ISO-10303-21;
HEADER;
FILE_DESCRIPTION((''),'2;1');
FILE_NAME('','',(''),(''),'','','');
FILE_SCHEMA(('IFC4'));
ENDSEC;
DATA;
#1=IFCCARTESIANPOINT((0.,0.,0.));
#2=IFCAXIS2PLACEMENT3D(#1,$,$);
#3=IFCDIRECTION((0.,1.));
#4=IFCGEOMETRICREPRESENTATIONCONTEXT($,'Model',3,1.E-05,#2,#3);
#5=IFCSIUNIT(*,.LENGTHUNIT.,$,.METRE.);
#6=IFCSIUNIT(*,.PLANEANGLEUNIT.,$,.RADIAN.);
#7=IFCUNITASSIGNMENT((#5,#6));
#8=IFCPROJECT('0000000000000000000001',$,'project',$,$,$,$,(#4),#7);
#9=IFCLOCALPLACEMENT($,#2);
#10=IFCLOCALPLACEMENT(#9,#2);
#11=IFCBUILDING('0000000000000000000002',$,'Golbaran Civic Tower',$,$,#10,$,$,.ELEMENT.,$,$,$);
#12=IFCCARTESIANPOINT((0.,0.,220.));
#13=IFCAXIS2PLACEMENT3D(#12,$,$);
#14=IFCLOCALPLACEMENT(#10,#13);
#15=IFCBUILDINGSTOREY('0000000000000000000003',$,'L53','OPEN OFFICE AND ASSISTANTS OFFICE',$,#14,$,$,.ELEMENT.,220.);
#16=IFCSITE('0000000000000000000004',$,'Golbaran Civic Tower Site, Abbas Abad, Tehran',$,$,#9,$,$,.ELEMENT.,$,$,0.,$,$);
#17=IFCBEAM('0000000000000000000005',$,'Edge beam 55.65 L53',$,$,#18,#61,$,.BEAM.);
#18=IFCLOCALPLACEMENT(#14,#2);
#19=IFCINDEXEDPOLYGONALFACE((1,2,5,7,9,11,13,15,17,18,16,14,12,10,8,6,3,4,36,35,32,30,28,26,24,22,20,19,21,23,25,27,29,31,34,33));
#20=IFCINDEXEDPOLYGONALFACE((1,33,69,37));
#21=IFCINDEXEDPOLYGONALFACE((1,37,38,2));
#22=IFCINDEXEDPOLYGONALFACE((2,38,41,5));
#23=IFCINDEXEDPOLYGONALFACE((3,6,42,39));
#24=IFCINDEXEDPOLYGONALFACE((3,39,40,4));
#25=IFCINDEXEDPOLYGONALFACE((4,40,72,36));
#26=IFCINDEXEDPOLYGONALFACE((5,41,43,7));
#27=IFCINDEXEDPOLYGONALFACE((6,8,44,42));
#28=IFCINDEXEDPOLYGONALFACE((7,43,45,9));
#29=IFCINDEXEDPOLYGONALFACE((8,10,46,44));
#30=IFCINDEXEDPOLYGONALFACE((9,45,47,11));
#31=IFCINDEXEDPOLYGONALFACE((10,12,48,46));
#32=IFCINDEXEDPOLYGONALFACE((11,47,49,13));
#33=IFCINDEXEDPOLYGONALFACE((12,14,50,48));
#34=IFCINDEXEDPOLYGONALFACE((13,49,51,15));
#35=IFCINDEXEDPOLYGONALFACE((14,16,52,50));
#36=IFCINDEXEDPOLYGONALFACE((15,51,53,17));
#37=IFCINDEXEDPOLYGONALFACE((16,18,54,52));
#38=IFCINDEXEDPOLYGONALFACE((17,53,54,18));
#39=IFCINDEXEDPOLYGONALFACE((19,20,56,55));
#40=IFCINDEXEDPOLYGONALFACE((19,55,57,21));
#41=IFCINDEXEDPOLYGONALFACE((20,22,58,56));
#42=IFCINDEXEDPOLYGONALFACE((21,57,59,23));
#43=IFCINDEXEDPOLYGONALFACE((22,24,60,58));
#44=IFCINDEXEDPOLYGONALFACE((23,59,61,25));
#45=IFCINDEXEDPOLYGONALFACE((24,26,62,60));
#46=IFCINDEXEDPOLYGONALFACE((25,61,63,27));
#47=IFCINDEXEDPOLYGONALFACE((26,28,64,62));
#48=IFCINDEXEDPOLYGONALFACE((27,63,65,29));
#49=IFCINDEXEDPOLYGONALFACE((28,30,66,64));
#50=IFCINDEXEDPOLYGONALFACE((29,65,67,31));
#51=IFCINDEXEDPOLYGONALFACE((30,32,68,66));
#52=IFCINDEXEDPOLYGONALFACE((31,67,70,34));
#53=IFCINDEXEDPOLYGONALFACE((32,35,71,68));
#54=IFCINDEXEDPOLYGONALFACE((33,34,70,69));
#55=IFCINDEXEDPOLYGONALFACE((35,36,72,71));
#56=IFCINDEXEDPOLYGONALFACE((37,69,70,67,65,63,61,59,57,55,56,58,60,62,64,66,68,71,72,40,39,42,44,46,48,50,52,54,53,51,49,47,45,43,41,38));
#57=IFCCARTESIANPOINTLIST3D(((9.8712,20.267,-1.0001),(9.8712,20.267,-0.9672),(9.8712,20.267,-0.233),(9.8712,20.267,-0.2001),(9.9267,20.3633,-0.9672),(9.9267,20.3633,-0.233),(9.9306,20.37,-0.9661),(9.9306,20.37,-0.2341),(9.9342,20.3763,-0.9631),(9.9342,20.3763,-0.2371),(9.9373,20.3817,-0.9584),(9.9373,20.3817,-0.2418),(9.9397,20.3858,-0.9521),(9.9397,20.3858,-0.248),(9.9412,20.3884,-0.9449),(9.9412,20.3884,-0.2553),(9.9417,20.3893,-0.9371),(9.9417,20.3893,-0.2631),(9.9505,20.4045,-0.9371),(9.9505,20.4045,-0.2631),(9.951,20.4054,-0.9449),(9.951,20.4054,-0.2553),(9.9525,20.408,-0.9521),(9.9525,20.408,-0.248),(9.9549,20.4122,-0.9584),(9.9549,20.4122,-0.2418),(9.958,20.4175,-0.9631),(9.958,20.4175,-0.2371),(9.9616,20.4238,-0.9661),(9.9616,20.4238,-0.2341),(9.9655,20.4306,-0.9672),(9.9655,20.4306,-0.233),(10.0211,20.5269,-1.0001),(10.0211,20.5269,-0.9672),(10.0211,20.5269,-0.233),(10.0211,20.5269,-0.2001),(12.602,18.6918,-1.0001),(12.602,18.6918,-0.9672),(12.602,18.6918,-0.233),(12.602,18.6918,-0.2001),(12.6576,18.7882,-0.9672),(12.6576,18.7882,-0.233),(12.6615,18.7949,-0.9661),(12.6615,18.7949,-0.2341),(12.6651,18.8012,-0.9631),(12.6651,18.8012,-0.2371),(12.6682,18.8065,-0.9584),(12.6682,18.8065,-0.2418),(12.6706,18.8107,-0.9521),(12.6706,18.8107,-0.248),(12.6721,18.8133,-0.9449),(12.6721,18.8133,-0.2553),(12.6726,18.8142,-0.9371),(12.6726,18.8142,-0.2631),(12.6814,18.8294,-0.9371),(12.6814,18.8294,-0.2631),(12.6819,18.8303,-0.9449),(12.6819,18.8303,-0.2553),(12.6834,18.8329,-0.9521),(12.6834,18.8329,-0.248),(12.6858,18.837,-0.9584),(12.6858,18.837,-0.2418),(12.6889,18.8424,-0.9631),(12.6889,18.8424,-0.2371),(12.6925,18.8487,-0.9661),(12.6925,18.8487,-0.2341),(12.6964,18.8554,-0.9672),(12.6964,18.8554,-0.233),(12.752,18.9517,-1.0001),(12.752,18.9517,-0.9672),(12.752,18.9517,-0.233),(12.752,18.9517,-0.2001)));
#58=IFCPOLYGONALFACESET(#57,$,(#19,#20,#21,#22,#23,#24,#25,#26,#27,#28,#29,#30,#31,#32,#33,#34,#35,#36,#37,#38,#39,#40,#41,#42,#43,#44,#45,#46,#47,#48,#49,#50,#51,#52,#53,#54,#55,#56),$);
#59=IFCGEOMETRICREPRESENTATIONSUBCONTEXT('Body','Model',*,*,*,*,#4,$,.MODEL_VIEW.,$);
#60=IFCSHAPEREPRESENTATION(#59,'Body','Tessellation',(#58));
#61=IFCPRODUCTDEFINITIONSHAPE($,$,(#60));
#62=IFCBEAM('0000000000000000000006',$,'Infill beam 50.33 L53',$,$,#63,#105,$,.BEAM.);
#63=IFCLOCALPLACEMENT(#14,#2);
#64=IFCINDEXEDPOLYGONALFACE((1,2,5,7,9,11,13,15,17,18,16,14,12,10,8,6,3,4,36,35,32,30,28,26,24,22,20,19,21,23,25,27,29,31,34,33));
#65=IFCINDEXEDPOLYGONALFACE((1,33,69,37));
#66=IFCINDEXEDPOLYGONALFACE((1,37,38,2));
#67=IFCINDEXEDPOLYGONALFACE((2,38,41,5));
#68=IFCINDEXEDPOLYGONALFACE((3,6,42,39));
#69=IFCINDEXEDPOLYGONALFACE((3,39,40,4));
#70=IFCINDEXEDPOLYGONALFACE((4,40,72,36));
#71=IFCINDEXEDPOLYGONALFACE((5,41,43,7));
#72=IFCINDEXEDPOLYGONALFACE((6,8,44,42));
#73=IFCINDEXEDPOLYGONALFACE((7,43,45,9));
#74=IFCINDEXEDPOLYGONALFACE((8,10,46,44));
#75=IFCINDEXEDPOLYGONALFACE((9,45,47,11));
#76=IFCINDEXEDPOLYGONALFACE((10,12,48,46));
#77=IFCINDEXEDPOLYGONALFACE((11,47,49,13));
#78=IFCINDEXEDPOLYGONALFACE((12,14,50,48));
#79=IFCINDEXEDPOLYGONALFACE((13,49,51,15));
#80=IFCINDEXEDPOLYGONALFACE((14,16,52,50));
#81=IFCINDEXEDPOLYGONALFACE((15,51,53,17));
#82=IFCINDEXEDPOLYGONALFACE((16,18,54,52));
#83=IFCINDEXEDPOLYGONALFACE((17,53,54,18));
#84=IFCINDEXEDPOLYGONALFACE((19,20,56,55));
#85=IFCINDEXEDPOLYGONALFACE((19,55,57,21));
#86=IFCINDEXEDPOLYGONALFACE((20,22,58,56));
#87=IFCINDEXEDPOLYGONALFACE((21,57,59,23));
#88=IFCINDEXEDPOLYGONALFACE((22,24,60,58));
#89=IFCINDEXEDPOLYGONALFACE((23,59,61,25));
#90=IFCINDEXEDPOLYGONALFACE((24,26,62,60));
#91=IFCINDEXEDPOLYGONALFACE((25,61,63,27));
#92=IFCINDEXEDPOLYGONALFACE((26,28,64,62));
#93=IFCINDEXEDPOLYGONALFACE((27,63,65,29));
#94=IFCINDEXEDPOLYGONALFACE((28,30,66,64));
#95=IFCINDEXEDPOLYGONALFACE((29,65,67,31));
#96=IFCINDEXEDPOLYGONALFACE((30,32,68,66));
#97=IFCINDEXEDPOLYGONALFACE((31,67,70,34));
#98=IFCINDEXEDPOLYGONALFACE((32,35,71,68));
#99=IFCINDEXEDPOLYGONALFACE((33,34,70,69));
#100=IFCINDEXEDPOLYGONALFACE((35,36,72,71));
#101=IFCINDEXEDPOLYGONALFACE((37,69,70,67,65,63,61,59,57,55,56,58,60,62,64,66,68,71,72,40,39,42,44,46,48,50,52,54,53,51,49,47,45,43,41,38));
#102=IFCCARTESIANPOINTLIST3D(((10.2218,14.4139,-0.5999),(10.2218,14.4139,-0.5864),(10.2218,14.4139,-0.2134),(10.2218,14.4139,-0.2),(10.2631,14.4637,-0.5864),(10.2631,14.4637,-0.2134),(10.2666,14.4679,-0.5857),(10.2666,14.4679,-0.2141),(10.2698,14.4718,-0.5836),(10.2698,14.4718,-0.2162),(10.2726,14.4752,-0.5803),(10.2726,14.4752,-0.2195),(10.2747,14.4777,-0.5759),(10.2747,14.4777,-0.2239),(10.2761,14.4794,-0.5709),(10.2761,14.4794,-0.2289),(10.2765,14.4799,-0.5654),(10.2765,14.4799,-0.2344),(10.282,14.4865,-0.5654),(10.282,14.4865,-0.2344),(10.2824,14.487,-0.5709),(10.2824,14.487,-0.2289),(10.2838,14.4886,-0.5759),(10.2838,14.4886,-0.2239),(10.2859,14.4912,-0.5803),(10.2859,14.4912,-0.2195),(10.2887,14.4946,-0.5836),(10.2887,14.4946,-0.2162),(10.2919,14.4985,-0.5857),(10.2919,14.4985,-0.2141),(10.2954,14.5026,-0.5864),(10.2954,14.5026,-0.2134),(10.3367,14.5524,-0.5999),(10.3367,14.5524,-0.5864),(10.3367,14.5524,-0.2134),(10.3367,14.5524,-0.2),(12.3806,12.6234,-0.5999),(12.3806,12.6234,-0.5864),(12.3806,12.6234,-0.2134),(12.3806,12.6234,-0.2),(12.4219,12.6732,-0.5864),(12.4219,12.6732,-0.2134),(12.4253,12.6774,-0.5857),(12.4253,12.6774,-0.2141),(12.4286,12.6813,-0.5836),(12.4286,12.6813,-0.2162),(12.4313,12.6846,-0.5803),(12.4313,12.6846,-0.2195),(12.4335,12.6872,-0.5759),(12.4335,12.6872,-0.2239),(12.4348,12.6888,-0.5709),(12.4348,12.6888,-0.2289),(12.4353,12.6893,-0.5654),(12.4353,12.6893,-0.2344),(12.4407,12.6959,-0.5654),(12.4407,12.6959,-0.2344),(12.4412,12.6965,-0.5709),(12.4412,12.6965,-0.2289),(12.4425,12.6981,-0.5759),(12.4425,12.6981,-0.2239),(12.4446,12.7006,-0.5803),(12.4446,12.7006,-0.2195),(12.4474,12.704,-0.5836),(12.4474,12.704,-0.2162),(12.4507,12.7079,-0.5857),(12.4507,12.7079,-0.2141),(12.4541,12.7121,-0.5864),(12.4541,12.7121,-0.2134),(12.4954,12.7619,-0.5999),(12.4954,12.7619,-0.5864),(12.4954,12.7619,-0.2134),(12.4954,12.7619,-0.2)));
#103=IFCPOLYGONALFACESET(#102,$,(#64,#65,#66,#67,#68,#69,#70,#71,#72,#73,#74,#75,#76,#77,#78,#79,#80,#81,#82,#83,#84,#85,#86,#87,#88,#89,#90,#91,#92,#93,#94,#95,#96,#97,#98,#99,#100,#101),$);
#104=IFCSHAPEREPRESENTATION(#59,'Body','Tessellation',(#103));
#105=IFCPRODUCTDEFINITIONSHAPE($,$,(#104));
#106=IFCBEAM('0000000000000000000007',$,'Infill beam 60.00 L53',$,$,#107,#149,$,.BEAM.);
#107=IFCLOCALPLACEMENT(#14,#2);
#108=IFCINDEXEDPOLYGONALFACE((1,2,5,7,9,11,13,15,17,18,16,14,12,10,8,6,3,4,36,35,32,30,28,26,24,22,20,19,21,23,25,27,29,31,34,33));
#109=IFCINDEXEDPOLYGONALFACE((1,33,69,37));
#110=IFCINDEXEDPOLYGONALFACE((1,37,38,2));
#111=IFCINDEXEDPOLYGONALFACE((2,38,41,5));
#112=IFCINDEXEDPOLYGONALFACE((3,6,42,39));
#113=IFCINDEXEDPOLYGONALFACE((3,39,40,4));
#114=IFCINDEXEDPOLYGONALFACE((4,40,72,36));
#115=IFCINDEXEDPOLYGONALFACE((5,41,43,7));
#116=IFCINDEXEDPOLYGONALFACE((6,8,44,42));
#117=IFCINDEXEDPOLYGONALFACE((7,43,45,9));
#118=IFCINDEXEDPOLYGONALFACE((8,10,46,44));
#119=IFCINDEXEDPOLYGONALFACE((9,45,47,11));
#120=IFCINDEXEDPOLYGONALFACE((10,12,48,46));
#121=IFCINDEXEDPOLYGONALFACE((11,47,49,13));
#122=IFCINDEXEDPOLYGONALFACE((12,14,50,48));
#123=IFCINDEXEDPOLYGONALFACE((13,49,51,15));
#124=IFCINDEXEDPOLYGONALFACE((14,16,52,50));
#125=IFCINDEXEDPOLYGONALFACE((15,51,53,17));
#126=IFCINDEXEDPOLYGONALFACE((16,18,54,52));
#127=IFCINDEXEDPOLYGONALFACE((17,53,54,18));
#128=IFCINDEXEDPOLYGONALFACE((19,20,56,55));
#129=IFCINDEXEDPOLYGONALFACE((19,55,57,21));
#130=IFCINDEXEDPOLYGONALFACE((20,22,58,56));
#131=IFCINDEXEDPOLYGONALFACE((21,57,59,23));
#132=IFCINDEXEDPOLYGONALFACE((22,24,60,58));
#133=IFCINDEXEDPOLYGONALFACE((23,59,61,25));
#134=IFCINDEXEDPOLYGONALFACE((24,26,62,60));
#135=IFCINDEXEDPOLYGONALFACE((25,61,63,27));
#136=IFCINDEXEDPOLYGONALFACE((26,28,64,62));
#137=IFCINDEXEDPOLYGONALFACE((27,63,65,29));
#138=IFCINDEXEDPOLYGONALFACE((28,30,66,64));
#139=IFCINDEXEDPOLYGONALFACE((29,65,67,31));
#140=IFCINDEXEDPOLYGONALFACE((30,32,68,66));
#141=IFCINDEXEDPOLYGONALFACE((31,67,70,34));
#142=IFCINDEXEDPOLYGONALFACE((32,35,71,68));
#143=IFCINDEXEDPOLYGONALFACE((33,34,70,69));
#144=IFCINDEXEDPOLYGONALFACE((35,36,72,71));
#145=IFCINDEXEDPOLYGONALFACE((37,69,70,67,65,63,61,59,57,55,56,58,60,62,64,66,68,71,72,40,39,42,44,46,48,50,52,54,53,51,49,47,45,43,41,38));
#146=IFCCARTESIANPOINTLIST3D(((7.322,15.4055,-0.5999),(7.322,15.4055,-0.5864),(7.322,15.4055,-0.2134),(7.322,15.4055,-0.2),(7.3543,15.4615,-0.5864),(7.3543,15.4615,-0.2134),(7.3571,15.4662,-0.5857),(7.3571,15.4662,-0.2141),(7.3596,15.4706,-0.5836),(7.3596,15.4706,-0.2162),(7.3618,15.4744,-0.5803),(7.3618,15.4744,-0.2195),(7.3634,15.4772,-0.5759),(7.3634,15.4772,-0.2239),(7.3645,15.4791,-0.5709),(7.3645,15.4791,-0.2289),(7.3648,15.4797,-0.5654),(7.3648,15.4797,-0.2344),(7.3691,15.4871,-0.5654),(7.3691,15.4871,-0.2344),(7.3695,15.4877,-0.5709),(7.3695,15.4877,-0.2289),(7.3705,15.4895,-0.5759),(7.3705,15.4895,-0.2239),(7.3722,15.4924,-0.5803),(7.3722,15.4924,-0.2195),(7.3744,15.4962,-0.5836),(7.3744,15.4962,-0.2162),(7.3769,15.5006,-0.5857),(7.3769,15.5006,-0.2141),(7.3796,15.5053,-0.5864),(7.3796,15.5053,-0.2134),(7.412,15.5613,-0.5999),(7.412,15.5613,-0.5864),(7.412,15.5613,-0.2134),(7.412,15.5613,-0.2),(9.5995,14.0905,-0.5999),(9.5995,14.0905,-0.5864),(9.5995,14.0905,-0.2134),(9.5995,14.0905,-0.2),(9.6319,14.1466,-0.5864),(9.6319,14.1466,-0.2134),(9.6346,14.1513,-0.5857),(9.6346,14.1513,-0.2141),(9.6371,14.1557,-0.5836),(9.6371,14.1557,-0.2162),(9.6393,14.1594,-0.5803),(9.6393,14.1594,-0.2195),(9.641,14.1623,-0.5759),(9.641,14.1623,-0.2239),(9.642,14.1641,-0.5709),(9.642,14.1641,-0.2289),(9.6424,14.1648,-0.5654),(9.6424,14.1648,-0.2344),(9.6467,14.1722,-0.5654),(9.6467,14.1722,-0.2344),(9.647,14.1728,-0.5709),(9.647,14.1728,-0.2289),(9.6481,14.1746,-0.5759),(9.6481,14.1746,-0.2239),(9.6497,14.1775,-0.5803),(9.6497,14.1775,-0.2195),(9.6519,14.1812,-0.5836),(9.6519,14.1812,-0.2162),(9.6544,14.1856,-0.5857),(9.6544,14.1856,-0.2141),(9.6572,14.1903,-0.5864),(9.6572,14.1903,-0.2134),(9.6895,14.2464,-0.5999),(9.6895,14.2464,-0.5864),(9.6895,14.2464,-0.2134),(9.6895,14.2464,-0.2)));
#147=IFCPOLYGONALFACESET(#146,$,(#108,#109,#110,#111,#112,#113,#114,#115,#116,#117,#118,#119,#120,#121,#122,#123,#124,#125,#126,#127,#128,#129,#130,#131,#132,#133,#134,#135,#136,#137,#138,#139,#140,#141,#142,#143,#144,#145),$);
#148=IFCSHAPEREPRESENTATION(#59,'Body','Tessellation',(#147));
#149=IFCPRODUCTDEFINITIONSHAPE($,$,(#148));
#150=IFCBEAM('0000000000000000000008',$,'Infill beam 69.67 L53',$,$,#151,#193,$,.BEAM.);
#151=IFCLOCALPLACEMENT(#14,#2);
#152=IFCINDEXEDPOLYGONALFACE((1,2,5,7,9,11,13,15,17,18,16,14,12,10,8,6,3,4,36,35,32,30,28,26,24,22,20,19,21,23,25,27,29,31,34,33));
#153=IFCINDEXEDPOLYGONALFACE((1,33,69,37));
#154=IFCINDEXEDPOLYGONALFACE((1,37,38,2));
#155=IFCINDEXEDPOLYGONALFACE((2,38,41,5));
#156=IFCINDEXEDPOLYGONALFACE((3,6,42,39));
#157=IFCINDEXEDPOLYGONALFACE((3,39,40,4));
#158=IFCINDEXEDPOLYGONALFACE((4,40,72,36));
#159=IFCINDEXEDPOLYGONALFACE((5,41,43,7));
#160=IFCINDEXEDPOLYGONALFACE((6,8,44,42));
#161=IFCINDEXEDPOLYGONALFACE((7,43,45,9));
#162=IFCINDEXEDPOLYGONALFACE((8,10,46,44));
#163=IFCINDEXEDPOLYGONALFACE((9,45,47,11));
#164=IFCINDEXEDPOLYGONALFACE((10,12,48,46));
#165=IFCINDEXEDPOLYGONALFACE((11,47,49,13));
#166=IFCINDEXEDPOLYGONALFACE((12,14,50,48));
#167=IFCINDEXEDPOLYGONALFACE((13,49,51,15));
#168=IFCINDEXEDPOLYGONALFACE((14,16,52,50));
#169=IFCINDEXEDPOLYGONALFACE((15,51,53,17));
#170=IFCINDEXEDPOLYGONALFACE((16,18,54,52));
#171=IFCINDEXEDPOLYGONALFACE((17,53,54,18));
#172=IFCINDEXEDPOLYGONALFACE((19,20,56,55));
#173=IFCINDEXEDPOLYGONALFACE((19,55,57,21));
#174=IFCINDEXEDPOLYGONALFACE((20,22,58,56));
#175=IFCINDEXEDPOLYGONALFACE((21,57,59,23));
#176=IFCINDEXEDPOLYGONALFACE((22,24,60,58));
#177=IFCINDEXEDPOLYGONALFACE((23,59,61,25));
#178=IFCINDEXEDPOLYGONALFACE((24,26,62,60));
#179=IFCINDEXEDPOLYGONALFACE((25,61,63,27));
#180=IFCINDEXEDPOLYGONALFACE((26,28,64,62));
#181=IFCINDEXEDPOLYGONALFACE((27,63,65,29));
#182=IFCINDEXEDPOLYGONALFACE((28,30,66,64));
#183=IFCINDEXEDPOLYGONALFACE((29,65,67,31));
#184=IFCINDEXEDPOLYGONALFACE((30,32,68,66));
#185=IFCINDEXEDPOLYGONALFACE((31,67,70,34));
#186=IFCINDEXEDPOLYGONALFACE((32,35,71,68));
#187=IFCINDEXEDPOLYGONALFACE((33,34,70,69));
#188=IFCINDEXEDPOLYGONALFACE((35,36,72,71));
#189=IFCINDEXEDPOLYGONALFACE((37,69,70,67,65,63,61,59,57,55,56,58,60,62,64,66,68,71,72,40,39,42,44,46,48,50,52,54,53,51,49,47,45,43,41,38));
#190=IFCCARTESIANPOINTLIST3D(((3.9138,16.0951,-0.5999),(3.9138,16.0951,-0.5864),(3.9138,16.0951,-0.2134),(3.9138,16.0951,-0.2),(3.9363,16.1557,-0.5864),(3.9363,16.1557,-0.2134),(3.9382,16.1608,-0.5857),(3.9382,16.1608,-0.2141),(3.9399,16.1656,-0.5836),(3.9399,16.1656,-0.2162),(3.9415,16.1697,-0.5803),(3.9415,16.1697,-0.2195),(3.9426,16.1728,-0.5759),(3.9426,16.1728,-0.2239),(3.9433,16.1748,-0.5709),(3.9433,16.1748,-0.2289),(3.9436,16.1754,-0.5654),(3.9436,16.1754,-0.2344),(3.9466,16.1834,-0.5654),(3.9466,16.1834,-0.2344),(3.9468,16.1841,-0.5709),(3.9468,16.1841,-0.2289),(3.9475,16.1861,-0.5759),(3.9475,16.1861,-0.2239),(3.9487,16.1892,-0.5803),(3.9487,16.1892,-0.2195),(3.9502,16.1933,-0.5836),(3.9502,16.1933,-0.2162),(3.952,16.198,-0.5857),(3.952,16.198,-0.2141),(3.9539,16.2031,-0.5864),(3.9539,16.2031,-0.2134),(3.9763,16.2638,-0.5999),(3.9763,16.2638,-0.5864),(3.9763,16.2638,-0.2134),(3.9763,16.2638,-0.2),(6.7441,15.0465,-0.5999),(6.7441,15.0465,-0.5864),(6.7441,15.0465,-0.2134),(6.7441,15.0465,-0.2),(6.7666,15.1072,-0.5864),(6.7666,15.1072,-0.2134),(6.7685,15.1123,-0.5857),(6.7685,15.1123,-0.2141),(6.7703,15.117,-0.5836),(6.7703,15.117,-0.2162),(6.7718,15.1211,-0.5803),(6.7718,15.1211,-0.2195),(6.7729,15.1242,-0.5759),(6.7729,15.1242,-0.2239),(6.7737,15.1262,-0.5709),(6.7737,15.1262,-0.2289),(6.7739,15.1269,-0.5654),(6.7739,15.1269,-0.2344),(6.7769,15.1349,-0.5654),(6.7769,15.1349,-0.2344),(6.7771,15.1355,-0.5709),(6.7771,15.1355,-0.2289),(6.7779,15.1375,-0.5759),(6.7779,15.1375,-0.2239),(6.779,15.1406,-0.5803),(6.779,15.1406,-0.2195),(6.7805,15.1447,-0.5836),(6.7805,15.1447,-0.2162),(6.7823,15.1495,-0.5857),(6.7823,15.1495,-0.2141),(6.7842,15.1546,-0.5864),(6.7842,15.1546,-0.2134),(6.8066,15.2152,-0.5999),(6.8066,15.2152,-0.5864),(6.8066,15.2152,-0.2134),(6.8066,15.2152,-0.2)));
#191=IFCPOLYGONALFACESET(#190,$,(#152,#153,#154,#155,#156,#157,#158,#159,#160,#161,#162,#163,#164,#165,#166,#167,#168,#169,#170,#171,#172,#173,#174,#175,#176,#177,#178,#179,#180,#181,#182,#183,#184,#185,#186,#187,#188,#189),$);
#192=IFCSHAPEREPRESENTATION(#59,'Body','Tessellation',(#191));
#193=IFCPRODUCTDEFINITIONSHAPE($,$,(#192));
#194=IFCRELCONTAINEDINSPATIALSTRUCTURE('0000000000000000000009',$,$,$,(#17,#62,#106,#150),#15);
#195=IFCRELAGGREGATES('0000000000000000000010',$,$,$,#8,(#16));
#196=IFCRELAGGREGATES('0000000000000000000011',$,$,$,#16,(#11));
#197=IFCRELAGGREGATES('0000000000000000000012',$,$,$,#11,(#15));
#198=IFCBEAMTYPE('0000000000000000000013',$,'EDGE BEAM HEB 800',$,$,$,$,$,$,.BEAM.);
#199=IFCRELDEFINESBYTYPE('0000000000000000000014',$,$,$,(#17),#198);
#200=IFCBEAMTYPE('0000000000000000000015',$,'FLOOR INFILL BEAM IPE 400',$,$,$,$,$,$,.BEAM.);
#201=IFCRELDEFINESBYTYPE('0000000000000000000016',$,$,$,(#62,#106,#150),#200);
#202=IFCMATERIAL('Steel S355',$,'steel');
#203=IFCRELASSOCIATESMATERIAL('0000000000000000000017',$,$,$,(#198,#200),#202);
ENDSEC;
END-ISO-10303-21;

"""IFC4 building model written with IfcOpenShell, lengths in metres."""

from ifc_helpers import new_model, si_unit, direction, frame, origin, origin_2d, place, context, subcontext, project, spatial, i_section, extrude, material, material_profile, profile_set, type_object, element, save


model = new_model("IFC4")

# Units and contexts
model_context = context("Model", 3, precision=1e-05, world=origin(), true_north=direction((0.0, 1.0)))
body_context = subcontext(model_context, "Body", "Model", "MODEL_VIEW")
ifc_project = project(units=[si_unit("LENGTHUNIT", "METRE"), si_unit("PLANEANGLEUNIT", "RADIAN")], contexts=[model_context])

# Site, building, storey
site_placement = place(None, origin())
site = spatial("IfcSite", under=ifc_project, at=site_placement, Name="Golbaran Civic Tower Site, Abbas Abad, Tehran", CompositionType="ELEMENT", RefElevation=0.0)
building_placement = place(site_placement, origin())
building = spatial("IfcBuilding", under=site, at=building_placement, Name="Golbaran Civic Tower", CompositionType="ELEMENT")
storey_placement = place(building_placement, frame((0.0, 0.0, 220.0)))
storey = spatial("IfcBuildingStorey", under=building, at=storey_placement, Name="L53", Description="OPEN OFFICE AND ASSISTANTS OFFICE", CompositionType="ELEMENT", Elevation=220.0)

# Beams
ifc_material_1 = material(Name="Steel S355", Category="steel")
ifc_material_profile_1 = material_profile(ifc_material_1, i_section(OverallWidth=0.3, OverallDepth=0.8, WebThickness=0.0176, FlangeThickness=0.033, FilletRadius=0.03, at=origin_2d()), Name="HEB 800")
ifc_profile_set_1 = profile_set([ifc_material_profile_1], Name="Steel S355")
beam_type_1 = type_object("IfcBeamType", Name="EDGE BEAM HEB 800", PredefinedType="BEAM", material=ifc_profile_set_1)
beam_1_placement = place(storey_placement, frame((12.677, 18.8218, -0.6001), z_axis=(-0.866235, 0.499638, 0.0), x_axis=(-0.499638, -0.866235, 0.0)))
element("IfcBeam", 1, at=beam_1_placement, inside=storey, type_object=beam_type_1, Name="Edge beam 55.65 L53", PredefinedType="BEAM", context=body_context, shape_type="SweptSolid", body=[
    extrude(i_section(OverallWidth=0.3, OverallDepth=0.8, WebThickness=0.0176, FlangeThickness=0.033, FilletRadius=0.03, at=origin_2d()), origin(), (0.0, 0.0, 1.0), 3.1526),
])
ifc_material_profile_2 = material_profile(ifc_material_1, i_section(OverallWidth=0.1799, OverallDepth=0.3999, WebThickness=0.0085, FlangeThickness=0.0134, FilletRadius=0.021, at=origin_2d()), Name="IPE 400")
ifc_profile_set_2 = profile_set([ifc_material_profile_2], Name="Steel S355")
beam_type_2 = type_object("IfcBeamType", Name="FLOOR INFILL BEAM IPE 400", PredefinedType="BEAM", material=ifc_profile_set_2)
beam_2_placement = place(storey_placement, frame((12.438, 12.6926, -0.3999), z_axis=(-0.769689, 0.638419, 0.0), x_axis=(-0.638419, -0.769689, 0.0)))
element("IfcBeam", 2, at=beam_2_placement, inside=storey, type_object=beam_type_2, Name="Infill beam 50.33 L53", PredefinedType="BEAM", context=body_context, shape_type="SweptSolid", body=[
    extrude(i_section(OverallWidth=0.1799, OverallDepth=0.3999, WebThickness=0.0085, FlangeThickness=0.0134, FilletRadius=0.021, at=origin_2d()), origin(), (0.0, 0.0, 1.0), 2.8047),
])
beam_3_placement = place(storey_placement, frame((9.6445, 14.1685, -0.3999), z_axis=(-0.866029, 0.499993, 0.0), x_axis=(-0.499993, -0.866029, 0.0)))
element("IfcBeam", 3, at=beam_3_placement, inside=storey, type_object=beam_type_2, Name="Infill beam 60.00 L53", PredefinedType="BEAM", context=body_context, shape_type="SweptSolid", body=[
    extrude(i_section(OverallWidth=0.1799, OverallDepth=0.3999, WebThickness=0.0085, FlangeThickness=0.0134, FilletRadius=0.021, at=origin_2d()), origin(), (0.0, 0.0, 1.0), 2.6299),
])
beam_4_placement = place(storey_placement, frame((6.7754, 15.1309, -0.3999), z_axis=(-0.937715, 0.347407, 0.0), x_axis=(-0.347407, -0.937715, 0.0)))
element("IfcBeam", 4, at=beam_4_placement, inside=storey, type_object=beam_type_2, Name="Infill beam 69.67 L53", PredefinedType="BEAM", context=body_context, shape_type="SweptSolid", body=[
    extrude(i_section(OverallWidth=0.1799, OverallDepth=0.3999, WebThickness=0.0085, FlangeThickness=0.0134, FilletRadius=0.021, at=origin_2d()), origin(), (0.0, 0.0, 1.0), 3.0183),
])

save(model, "model.ifc")
